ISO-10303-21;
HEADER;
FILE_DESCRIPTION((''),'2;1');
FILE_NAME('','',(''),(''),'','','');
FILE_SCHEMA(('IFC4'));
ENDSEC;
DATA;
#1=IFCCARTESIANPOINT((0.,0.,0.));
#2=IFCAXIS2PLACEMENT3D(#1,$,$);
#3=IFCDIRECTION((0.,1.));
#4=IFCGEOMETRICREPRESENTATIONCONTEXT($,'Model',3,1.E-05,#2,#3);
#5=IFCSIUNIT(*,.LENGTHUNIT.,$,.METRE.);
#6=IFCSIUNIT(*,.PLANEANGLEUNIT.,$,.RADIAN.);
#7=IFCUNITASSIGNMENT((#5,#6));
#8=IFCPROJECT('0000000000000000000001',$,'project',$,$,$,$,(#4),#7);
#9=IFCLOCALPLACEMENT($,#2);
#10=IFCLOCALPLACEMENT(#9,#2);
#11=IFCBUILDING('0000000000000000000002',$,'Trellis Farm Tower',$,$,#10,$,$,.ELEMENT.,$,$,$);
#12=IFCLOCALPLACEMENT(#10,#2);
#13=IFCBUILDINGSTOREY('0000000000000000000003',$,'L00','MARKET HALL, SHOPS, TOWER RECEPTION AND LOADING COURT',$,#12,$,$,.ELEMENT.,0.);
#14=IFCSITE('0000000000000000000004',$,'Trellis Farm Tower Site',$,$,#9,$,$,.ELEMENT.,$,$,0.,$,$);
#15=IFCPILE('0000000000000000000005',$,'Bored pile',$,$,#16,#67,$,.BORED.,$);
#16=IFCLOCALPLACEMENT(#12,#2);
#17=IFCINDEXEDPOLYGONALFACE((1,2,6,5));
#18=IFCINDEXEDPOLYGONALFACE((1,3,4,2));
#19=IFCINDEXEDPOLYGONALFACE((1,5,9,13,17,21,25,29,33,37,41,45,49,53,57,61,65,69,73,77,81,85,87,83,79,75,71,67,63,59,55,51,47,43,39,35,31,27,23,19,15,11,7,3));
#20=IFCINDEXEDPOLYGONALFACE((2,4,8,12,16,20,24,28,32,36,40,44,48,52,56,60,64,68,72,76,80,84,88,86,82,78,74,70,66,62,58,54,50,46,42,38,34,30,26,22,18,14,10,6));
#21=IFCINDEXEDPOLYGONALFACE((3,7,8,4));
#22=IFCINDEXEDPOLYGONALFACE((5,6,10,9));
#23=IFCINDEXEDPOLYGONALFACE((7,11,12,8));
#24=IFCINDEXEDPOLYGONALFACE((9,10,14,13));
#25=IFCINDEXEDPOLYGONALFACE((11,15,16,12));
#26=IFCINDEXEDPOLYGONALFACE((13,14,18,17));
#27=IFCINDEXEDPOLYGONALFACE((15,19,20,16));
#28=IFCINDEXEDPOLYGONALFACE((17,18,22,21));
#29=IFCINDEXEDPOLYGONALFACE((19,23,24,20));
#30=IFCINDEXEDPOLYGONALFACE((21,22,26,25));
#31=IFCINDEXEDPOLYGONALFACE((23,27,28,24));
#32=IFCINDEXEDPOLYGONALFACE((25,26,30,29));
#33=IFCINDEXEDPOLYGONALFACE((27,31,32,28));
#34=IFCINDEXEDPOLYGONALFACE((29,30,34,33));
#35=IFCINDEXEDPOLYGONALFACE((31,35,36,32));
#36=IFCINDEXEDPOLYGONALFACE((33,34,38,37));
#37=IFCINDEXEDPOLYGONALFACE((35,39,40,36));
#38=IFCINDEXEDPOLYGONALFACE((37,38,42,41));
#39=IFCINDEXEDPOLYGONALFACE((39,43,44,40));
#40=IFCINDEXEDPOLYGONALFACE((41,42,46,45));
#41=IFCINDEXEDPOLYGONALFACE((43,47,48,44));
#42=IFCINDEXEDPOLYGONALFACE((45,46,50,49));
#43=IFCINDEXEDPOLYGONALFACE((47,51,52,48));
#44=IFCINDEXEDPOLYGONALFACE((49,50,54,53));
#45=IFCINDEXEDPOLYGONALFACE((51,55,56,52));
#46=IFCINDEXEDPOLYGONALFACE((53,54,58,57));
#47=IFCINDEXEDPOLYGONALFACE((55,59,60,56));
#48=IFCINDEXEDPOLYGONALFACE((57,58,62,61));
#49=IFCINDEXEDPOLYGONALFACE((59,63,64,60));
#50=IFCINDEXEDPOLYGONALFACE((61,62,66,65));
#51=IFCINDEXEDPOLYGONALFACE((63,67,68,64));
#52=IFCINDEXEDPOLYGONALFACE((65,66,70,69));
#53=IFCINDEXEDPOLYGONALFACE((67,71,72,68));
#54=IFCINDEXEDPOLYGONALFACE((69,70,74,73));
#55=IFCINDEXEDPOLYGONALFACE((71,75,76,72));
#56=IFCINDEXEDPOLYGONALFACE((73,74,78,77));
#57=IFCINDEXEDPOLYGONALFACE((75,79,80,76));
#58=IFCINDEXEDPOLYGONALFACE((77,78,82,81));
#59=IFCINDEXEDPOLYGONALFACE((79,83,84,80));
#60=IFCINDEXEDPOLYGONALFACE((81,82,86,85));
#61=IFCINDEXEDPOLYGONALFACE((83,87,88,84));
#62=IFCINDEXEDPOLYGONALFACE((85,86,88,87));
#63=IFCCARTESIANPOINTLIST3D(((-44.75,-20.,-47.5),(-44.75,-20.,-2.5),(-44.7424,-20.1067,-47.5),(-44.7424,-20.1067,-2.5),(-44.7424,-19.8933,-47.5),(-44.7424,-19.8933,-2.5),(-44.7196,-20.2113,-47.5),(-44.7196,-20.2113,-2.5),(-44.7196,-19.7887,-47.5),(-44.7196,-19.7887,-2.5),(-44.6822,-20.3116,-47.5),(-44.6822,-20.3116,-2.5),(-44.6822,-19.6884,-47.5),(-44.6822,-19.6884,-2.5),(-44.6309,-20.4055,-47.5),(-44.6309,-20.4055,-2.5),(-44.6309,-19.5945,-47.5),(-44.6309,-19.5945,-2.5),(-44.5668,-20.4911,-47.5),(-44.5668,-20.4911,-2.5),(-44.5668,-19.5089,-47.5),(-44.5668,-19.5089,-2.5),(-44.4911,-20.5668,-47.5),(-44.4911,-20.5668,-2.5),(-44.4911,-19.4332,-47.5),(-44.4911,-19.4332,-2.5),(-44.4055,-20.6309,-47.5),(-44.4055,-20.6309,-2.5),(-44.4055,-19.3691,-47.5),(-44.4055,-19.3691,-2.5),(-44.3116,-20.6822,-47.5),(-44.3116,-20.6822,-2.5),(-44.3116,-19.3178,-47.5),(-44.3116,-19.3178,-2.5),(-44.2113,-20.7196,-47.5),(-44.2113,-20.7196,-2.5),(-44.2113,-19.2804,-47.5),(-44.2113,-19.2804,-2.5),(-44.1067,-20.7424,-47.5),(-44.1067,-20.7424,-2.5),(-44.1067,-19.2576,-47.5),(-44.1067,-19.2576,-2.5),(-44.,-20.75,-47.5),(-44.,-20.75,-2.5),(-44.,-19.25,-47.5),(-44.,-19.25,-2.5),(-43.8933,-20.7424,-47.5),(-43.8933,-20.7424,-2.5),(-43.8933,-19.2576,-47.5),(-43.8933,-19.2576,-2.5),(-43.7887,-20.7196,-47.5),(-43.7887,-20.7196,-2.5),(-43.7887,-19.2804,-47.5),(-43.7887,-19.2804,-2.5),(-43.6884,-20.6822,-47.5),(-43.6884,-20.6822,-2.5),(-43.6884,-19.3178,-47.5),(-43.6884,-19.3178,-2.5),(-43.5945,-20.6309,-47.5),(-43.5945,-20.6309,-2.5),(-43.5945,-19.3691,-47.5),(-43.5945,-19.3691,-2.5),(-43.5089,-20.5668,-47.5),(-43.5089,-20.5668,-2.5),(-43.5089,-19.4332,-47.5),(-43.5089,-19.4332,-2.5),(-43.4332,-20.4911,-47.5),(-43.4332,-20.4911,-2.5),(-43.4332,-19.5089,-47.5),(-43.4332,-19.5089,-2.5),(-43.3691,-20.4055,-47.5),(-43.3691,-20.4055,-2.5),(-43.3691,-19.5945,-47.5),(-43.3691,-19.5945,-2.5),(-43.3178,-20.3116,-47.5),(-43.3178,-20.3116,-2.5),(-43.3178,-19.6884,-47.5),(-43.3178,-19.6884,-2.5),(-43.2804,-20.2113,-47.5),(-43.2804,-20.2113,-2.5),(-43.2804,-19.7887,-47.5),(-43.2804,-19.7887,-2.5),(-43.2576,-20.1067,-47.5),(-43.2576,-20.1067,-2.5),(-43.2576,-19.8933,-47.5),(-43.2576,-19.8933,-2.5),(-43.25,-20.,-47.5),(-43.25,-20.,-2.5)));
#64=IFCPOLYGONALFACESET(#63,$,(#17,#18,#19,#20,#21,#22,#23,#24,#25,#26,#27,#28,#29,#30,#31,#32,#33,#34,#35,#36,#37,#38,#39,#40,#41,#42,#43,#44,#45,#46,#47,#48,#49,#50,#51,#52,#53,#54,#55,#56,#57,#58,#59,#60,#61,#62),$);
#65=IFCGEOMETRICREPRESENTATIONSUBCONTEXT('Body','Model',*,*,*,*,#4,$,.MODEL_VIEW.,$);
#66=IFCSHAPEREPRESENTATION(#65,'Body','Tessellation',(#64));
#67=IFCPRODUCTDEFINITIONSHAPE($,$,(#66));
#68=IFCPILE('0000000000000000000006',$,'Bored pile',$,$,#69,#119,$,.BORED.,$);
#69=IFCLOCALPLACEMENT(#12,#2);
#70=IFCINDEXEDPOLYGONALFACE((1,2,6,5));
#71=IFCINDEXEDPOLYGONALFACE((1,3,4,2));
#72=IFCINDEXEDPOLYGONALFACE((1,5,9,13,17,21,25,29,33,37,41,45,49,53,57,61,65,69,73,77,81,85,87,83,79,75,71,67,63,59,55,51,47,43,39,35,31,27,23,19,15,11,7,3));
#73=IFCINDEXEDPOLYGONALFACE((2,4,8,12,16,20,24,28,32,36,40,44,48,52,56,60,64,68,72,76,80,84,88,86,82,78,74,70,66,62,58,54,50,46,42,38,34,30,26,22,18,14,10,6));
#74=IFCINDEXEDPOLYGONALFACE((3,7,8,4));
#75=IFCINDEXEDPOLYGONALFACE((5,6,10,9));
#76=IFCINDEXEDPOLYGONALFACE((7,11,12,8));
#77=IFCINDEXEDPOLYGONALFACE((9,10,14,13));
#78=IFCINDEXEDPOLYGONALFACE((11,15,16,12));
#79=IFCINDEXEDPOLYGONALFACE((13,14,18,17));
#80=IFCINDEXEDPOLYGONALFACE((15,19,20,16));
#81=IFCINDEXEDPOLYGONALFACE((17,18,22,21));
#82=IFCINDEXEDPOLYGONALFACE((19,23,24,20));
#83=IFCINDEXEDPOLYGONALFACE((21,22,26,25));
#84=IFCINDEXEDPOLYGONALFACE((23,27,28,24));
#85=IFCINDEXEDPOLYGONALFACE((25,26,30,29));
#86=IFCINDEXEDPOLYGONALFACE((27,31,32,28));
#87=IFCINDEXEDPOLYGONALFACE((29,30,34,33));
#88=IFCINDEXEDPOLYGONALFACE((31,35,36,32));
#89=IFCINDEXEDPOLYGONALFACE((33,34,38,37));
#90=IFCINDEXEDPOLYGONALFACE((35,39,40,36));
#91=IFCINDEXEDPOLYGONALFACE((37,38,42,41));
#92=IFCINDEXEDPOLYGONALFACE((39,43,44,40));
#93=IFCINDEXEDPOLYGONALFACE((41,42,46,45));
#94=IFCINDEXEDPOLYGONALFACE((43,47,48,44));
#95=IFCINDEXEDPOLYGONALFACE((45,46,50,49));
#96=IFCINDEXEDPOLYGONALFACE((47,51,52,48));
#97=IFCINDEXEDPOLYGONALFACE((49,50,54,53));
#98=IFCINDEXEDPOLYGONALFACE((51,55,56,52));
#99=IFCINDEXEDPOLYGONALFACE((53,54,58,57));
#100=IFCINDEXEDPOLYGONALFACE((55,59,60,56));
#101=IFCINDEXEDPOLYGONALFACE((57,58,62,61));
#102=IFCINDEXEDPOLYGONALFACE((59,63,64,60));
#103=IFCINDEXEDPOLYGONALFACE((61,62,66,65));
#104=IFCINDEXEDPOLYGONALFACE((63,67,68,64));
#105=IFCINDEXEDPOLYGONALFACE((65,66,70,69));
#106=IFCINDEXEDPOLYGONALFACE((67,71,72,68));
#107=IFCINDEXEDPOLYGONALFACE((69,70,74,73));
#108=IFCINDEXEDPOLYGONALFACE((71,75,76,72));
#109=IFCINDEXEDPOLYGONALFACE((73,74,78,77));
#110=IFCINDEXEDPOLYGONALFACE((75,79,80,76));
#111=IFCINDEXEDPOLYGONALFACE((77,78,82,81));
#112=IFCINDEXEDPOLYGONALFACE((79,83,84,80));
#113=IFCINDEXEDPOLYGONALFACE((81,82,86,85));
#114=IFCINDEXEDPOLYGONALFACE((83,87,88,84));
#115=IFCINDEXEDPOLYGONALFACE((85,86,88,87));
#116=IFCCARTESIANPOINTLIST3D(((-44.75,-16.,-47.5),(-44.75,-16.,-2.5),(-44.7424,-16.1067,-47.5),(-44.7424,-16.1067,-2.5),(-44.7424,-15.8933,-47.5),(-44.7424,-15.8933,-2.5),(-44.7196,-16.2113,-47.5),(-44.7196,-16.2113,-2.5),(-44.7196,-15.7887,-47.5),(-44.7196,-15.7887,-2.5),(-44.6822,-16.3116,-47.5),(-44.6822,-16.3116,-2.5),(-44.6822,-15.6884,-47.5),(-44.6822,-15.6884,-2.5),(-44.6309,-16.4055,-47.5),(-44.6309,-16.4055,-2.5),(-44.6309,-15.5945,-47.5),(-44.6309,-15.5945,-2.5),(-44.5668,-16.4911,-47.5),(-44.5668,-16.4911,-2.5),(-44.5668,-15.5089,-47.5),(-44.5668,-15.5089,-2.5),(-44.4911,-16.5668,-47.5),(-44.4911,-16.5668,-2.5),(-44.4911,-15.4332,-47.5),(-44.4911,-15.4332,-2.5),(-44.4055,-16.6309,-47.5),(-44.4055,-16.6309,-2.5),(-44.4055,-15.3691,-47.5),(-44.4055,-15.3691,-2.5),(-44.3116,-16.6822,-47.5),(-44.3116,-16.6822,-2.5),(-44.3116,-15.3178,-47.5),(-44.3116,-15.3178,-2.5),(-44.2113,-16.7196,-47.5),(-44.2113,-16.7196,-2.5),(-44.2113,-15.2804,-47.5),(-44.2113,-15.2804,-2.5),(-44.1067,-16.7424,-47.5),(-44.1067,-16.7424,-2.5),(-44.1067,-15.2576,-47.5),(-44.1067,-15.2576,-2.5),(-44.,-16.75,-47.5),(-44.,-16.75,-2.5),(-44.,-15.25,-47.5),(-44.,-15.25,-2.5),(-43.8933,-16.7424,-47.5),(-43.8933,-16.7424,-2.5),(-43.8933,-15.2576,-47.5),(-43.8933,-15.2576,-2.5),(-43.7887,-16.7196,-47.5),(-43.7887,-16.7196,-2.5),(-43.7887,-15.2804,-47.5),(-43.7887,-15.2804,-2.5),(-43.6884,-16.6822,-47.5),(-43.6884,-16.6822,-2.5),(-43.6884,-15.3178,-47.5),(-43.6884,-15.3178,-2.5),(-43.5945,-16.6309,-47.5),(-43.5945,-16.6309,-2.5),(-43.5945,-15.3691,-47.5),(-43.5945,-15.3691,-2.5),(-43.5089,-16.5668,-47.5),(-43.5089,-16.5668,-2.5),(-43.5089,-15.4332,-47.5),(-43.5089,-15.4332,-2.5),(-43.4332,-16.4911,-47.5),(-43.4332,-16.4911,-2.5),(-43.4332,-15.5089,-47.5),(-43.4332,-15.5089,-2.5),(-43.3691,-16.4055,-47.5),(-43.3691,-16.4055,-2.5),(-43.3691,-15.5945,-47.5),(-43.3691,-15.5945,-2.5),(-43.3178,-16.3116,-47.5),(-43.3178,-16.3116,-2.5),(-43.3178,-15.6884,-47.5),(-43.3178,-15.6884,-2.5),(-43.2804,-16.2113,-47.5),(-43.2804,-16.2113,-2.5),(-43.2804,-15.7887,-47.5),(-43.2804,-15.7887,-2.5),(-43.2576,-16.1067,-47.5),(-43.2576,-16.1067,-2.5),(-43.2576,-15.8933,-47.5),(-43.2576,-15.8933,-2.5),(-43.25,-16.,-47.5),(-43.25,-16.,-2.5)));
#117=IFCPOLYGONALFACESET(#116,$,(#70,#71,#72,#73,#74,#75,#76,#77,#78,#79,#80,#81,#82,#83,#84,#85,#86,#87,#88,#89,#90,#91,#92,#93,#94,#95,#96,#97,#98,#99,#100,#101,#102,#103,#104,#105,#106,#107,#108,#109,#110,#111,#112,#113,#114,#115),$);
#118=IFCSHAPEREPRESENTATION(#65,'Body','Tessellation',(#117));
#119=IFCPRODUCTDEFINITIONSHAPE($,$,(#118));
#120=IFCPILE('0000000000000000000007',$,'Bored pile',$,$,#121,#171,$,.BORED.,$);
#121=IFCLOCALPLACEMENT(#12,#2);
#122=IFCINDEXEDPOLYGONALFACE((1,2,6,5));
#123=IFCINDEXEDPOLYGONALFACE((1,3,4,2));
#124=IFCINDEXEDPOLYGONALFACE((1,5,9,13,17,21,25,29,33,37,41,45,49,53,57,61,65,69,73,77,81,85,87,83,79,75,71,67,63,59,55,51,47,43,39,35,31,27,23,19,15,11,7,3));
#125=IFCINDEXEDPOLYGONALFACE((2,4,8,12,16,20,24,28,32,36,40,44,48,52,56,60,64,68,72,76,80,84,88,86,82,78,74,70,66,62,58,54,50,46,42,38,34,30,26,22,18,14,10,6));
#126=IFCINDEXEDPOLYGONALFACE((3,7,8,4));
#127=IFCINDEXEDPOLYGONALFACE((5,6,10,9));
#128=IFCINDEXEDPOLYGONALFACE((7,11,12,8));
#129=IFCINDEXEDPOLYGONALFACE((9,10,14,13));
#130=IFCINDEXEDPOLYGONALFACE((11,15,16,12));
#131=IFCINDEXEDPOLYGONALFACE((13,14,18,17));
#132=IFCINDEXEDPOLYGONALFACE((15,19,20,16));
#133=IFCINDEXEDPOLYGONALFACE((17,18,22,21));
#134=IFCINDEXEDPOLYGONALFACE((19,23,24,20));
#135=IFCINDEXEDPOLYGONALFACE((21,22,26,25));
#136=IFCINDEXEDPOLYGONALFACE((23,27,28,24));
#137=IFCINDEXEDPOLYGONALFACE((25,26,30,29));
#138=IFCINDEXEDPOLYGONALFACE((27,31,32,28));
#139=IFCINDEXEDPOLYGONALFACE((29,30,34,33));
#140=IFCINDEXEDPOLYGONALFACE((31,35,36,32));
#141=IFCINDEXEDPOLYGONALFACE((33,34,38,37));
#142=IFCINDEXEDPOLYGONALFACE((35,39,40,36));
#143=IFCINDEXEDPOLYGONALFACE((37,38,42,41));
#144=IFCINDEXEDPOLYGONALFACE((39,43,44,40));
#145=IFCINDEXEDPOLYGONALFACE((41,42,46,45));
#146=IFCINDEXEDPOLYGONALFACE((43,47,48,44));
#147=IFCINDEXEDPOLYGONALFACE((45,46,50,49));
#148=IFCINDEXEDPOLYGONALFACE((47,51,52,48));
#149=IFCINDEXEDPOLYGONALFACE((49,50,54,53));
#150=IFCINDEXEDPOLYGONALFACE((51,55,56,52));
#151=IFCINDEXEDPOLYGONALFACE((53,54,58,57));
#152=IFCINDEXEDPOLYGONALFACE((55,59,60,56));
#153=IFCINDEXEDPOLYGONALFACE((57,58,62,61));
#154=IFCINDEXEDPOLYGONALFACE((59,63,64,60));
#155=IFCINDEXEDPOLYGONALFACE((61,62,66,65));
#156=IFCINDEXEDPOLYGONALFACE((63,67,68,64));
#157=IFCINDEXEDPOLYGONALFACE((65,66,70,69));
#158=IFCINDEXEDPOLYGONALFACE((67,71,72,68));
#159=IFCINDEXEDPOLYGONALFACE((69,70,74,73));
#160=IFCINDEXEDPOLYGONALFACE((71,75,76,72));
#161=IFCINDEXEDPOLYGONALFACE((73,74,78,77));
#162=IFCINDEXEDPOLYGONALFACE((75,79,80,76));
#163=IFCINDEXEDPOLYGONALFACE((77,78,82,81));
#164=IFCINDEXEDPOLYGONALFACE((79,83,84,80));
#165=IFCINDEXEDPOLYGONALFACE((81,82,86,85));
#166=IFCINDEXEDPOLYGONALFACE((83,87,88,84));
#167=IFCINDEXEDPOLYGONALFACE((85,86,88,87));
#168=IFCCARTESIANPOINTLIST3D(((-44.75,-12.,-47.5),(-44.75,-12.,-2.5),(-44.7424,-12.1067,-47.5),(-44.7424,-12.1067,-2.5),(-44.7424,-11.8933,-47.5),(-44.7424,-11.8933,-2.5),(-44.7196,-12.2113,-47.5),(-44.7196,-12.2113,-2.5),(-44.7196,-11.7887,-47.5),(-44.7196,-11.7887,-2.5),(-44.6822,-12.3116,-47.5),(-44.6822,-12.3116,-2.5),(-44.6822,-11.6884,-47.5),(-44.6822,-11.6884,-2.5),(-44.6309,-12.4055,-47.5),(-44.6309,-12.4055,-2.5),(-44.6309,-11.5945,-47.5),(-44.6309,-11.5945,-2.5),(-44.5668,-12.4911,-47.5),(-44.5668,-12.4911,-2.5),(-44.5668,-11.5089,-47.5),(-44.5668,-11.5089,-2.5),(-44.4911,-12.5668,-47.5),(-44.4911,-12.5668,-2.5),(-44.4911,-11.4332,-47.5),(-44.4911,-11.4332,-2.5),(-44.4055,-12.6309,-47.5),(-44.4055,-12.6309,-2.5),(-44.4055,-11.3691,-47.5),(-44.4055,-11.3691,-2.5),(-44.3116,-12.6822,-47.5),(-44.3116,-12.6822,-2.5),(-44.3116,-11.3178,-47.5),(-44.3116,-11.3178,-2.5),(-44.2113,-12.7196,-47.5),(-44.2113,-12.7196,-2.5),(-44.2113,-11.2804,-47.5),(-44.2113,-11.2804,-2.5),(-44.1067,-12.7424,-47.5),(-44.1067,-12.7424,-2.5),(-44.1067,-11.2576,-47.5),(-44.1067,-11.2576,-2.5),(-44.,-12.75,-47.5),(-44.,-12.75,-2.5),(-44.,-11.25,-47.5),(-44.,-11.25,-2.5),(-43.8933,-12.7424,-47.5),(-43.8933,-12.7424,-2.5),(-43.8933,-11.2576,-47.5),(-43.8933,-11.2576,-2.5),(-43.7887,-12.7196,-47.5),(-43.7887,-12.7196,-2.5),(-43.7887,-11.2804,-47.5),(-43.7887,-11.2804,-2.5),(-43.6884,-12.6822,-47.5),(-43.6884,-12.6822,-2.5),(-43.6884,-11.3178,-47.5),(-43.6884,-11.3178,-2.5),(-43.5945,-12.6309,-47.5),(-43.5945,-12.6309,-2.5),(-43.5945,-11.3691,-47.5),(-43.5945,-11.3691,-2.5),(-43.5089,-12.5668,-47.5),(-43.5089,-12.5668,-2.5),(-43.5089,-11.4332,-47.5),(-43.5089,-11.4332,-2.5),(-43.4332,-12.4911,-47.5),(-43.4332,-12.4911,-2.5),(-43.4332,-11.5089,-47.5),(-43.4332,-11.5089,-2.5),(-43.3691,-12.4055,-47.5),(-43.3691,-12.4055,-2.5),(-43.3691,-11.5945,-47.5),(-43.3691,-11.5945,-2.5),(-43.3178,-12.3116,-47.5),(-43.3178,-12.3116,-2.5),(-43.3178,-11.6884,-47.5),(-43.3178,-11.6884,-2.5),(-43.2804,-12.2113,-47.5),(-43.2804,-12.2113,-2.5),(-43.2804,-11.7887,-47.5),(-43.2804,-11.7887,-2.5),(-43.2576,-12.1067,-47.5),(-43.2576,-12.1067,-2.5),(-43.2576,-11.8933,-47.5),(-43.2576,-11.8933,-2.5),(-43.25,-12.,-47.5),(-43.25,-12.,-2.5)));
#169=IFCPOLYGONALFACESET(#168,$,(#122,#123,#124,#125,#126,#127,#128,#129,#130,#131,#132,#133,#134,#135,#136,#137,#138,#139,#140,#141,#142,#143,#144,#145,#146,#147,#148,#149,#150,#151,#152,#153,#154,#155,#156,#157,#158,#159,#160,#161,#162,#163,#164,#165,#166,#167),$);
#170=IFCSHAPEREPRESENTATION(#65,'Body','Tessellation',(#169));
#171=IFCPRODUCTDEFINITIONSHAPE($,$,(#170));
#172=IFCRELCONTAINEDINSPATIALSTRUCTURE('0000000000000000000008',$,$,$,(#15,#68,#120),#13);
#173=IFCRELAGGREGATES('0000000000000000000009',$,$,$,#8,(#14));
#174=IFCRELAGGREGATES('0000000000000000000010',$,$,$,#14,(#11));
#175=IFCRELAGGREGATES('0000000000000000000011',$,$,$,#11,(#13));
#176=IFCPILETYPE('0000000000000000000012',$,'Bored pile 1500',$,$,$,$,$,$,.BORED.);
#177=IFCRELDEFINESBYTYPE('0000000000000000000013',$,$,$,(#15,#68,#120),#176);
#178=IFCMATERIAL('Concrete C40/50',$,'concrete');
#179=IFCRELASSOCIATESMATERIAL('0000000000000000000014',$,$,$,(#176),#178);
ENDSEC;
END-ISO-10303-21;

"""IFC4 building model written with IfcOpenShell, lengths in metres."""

from ifc_helpers import new_model, si_unit, direction, frame, origin, origin_2d, place, context, subcontext, project, spatial, circle, extrude, source, transform, mapped, material, material_profile, profile_set, type_object, element, save


model = new_model("IFC4")

# Units and contexts
model_context = context("Model", 3, precision=1e-05, world=origin(), true_north=direction((0.0, 1.0)))
body_context = subcontext(model_context, "Body", "Model", "MODEL_VIEW")
ifc_project = project(units=[si_unit("LENGTHUNIT", "METRE"), si_unit("PLANEANGLEUNIT", "RADIAN")], contexts=[model_context])

# Site, building, storey
site_placement = place(None, origin())
site = spatial("IfcSite", under=ifc_project, at=site_placement, Name="Trellis Farm Tower Site", CompositionType="ELEMENT", RefElevation=0.0)
building_placement = place(site_placement, origin())
building = spatial("IfcBuilding", under=site, at=building_placement, Name="Trellis Farm Tower", CompositionType="ELEMENT")
storey_placement = place(building_placement, origin())
storey = spatial("IfcBuildingStorey", under=building, at=storey_placement, Name="L00", Description="MARKET HALL, SHOPS, TOWER RECEPTION AND LOADING COURT", CompositionType="ELEMENT", Elevation=0.0)

# Piles
ifc_material_1 = material(Name="Concrete C40/50", Category="concrete")
ifc_material_profile_1 = material_profile(ifc_material_1, circle(Radius=0.75, at=origin_2d()), Name="Bored pile 1500")
ifc_profile_set_1 = profile_set([ifc_material_profile_1], Name="Concrete C40/50")
pile_type = type_object("IfcPileType", Name="Bored pile 1500", PredefinedType="BORED", material=ifc_profile_set_1)
shared_shape_1 = source(origin(), body_context, "Body", "SweptSolid", [
    extrude(circle(Radius=0.75, at=origin_2d()), origin(), (0.0, 0.0, 1.0), 45.0),
])
for number, where, z_axis, x_axis, name in (
    (1, (-44.0, -20.0, -2.5), (0.0, 0.0, -1.0), (1.0, 0.0, 0.0), "Bored pile"),
    (2, (-44.0, -16.0, -2.5), (0.0, 0.0, -1.0), (1.0, 0.0, 0.0), "Bored pile"),
    (3, (-44.0, -12.0, -2.5), (0.0, 0.0, -1.0), (1.0, 0.0, 0.0), "Bored pile"),
):
    element("IfcPile", number, at=place(storey_placement, frame(where, z_axis=z_axis, x_axis=x_axis)), inside=storey, type_object=pile_type, Name=name, PredefinedType="BORED", context=body_context, shape_type="MappedRepresentation", body=[
        mapped(shared_shape_1, transform((0.0, 0.0, 0.0))),
    ])

save(model, "model.ifc")
